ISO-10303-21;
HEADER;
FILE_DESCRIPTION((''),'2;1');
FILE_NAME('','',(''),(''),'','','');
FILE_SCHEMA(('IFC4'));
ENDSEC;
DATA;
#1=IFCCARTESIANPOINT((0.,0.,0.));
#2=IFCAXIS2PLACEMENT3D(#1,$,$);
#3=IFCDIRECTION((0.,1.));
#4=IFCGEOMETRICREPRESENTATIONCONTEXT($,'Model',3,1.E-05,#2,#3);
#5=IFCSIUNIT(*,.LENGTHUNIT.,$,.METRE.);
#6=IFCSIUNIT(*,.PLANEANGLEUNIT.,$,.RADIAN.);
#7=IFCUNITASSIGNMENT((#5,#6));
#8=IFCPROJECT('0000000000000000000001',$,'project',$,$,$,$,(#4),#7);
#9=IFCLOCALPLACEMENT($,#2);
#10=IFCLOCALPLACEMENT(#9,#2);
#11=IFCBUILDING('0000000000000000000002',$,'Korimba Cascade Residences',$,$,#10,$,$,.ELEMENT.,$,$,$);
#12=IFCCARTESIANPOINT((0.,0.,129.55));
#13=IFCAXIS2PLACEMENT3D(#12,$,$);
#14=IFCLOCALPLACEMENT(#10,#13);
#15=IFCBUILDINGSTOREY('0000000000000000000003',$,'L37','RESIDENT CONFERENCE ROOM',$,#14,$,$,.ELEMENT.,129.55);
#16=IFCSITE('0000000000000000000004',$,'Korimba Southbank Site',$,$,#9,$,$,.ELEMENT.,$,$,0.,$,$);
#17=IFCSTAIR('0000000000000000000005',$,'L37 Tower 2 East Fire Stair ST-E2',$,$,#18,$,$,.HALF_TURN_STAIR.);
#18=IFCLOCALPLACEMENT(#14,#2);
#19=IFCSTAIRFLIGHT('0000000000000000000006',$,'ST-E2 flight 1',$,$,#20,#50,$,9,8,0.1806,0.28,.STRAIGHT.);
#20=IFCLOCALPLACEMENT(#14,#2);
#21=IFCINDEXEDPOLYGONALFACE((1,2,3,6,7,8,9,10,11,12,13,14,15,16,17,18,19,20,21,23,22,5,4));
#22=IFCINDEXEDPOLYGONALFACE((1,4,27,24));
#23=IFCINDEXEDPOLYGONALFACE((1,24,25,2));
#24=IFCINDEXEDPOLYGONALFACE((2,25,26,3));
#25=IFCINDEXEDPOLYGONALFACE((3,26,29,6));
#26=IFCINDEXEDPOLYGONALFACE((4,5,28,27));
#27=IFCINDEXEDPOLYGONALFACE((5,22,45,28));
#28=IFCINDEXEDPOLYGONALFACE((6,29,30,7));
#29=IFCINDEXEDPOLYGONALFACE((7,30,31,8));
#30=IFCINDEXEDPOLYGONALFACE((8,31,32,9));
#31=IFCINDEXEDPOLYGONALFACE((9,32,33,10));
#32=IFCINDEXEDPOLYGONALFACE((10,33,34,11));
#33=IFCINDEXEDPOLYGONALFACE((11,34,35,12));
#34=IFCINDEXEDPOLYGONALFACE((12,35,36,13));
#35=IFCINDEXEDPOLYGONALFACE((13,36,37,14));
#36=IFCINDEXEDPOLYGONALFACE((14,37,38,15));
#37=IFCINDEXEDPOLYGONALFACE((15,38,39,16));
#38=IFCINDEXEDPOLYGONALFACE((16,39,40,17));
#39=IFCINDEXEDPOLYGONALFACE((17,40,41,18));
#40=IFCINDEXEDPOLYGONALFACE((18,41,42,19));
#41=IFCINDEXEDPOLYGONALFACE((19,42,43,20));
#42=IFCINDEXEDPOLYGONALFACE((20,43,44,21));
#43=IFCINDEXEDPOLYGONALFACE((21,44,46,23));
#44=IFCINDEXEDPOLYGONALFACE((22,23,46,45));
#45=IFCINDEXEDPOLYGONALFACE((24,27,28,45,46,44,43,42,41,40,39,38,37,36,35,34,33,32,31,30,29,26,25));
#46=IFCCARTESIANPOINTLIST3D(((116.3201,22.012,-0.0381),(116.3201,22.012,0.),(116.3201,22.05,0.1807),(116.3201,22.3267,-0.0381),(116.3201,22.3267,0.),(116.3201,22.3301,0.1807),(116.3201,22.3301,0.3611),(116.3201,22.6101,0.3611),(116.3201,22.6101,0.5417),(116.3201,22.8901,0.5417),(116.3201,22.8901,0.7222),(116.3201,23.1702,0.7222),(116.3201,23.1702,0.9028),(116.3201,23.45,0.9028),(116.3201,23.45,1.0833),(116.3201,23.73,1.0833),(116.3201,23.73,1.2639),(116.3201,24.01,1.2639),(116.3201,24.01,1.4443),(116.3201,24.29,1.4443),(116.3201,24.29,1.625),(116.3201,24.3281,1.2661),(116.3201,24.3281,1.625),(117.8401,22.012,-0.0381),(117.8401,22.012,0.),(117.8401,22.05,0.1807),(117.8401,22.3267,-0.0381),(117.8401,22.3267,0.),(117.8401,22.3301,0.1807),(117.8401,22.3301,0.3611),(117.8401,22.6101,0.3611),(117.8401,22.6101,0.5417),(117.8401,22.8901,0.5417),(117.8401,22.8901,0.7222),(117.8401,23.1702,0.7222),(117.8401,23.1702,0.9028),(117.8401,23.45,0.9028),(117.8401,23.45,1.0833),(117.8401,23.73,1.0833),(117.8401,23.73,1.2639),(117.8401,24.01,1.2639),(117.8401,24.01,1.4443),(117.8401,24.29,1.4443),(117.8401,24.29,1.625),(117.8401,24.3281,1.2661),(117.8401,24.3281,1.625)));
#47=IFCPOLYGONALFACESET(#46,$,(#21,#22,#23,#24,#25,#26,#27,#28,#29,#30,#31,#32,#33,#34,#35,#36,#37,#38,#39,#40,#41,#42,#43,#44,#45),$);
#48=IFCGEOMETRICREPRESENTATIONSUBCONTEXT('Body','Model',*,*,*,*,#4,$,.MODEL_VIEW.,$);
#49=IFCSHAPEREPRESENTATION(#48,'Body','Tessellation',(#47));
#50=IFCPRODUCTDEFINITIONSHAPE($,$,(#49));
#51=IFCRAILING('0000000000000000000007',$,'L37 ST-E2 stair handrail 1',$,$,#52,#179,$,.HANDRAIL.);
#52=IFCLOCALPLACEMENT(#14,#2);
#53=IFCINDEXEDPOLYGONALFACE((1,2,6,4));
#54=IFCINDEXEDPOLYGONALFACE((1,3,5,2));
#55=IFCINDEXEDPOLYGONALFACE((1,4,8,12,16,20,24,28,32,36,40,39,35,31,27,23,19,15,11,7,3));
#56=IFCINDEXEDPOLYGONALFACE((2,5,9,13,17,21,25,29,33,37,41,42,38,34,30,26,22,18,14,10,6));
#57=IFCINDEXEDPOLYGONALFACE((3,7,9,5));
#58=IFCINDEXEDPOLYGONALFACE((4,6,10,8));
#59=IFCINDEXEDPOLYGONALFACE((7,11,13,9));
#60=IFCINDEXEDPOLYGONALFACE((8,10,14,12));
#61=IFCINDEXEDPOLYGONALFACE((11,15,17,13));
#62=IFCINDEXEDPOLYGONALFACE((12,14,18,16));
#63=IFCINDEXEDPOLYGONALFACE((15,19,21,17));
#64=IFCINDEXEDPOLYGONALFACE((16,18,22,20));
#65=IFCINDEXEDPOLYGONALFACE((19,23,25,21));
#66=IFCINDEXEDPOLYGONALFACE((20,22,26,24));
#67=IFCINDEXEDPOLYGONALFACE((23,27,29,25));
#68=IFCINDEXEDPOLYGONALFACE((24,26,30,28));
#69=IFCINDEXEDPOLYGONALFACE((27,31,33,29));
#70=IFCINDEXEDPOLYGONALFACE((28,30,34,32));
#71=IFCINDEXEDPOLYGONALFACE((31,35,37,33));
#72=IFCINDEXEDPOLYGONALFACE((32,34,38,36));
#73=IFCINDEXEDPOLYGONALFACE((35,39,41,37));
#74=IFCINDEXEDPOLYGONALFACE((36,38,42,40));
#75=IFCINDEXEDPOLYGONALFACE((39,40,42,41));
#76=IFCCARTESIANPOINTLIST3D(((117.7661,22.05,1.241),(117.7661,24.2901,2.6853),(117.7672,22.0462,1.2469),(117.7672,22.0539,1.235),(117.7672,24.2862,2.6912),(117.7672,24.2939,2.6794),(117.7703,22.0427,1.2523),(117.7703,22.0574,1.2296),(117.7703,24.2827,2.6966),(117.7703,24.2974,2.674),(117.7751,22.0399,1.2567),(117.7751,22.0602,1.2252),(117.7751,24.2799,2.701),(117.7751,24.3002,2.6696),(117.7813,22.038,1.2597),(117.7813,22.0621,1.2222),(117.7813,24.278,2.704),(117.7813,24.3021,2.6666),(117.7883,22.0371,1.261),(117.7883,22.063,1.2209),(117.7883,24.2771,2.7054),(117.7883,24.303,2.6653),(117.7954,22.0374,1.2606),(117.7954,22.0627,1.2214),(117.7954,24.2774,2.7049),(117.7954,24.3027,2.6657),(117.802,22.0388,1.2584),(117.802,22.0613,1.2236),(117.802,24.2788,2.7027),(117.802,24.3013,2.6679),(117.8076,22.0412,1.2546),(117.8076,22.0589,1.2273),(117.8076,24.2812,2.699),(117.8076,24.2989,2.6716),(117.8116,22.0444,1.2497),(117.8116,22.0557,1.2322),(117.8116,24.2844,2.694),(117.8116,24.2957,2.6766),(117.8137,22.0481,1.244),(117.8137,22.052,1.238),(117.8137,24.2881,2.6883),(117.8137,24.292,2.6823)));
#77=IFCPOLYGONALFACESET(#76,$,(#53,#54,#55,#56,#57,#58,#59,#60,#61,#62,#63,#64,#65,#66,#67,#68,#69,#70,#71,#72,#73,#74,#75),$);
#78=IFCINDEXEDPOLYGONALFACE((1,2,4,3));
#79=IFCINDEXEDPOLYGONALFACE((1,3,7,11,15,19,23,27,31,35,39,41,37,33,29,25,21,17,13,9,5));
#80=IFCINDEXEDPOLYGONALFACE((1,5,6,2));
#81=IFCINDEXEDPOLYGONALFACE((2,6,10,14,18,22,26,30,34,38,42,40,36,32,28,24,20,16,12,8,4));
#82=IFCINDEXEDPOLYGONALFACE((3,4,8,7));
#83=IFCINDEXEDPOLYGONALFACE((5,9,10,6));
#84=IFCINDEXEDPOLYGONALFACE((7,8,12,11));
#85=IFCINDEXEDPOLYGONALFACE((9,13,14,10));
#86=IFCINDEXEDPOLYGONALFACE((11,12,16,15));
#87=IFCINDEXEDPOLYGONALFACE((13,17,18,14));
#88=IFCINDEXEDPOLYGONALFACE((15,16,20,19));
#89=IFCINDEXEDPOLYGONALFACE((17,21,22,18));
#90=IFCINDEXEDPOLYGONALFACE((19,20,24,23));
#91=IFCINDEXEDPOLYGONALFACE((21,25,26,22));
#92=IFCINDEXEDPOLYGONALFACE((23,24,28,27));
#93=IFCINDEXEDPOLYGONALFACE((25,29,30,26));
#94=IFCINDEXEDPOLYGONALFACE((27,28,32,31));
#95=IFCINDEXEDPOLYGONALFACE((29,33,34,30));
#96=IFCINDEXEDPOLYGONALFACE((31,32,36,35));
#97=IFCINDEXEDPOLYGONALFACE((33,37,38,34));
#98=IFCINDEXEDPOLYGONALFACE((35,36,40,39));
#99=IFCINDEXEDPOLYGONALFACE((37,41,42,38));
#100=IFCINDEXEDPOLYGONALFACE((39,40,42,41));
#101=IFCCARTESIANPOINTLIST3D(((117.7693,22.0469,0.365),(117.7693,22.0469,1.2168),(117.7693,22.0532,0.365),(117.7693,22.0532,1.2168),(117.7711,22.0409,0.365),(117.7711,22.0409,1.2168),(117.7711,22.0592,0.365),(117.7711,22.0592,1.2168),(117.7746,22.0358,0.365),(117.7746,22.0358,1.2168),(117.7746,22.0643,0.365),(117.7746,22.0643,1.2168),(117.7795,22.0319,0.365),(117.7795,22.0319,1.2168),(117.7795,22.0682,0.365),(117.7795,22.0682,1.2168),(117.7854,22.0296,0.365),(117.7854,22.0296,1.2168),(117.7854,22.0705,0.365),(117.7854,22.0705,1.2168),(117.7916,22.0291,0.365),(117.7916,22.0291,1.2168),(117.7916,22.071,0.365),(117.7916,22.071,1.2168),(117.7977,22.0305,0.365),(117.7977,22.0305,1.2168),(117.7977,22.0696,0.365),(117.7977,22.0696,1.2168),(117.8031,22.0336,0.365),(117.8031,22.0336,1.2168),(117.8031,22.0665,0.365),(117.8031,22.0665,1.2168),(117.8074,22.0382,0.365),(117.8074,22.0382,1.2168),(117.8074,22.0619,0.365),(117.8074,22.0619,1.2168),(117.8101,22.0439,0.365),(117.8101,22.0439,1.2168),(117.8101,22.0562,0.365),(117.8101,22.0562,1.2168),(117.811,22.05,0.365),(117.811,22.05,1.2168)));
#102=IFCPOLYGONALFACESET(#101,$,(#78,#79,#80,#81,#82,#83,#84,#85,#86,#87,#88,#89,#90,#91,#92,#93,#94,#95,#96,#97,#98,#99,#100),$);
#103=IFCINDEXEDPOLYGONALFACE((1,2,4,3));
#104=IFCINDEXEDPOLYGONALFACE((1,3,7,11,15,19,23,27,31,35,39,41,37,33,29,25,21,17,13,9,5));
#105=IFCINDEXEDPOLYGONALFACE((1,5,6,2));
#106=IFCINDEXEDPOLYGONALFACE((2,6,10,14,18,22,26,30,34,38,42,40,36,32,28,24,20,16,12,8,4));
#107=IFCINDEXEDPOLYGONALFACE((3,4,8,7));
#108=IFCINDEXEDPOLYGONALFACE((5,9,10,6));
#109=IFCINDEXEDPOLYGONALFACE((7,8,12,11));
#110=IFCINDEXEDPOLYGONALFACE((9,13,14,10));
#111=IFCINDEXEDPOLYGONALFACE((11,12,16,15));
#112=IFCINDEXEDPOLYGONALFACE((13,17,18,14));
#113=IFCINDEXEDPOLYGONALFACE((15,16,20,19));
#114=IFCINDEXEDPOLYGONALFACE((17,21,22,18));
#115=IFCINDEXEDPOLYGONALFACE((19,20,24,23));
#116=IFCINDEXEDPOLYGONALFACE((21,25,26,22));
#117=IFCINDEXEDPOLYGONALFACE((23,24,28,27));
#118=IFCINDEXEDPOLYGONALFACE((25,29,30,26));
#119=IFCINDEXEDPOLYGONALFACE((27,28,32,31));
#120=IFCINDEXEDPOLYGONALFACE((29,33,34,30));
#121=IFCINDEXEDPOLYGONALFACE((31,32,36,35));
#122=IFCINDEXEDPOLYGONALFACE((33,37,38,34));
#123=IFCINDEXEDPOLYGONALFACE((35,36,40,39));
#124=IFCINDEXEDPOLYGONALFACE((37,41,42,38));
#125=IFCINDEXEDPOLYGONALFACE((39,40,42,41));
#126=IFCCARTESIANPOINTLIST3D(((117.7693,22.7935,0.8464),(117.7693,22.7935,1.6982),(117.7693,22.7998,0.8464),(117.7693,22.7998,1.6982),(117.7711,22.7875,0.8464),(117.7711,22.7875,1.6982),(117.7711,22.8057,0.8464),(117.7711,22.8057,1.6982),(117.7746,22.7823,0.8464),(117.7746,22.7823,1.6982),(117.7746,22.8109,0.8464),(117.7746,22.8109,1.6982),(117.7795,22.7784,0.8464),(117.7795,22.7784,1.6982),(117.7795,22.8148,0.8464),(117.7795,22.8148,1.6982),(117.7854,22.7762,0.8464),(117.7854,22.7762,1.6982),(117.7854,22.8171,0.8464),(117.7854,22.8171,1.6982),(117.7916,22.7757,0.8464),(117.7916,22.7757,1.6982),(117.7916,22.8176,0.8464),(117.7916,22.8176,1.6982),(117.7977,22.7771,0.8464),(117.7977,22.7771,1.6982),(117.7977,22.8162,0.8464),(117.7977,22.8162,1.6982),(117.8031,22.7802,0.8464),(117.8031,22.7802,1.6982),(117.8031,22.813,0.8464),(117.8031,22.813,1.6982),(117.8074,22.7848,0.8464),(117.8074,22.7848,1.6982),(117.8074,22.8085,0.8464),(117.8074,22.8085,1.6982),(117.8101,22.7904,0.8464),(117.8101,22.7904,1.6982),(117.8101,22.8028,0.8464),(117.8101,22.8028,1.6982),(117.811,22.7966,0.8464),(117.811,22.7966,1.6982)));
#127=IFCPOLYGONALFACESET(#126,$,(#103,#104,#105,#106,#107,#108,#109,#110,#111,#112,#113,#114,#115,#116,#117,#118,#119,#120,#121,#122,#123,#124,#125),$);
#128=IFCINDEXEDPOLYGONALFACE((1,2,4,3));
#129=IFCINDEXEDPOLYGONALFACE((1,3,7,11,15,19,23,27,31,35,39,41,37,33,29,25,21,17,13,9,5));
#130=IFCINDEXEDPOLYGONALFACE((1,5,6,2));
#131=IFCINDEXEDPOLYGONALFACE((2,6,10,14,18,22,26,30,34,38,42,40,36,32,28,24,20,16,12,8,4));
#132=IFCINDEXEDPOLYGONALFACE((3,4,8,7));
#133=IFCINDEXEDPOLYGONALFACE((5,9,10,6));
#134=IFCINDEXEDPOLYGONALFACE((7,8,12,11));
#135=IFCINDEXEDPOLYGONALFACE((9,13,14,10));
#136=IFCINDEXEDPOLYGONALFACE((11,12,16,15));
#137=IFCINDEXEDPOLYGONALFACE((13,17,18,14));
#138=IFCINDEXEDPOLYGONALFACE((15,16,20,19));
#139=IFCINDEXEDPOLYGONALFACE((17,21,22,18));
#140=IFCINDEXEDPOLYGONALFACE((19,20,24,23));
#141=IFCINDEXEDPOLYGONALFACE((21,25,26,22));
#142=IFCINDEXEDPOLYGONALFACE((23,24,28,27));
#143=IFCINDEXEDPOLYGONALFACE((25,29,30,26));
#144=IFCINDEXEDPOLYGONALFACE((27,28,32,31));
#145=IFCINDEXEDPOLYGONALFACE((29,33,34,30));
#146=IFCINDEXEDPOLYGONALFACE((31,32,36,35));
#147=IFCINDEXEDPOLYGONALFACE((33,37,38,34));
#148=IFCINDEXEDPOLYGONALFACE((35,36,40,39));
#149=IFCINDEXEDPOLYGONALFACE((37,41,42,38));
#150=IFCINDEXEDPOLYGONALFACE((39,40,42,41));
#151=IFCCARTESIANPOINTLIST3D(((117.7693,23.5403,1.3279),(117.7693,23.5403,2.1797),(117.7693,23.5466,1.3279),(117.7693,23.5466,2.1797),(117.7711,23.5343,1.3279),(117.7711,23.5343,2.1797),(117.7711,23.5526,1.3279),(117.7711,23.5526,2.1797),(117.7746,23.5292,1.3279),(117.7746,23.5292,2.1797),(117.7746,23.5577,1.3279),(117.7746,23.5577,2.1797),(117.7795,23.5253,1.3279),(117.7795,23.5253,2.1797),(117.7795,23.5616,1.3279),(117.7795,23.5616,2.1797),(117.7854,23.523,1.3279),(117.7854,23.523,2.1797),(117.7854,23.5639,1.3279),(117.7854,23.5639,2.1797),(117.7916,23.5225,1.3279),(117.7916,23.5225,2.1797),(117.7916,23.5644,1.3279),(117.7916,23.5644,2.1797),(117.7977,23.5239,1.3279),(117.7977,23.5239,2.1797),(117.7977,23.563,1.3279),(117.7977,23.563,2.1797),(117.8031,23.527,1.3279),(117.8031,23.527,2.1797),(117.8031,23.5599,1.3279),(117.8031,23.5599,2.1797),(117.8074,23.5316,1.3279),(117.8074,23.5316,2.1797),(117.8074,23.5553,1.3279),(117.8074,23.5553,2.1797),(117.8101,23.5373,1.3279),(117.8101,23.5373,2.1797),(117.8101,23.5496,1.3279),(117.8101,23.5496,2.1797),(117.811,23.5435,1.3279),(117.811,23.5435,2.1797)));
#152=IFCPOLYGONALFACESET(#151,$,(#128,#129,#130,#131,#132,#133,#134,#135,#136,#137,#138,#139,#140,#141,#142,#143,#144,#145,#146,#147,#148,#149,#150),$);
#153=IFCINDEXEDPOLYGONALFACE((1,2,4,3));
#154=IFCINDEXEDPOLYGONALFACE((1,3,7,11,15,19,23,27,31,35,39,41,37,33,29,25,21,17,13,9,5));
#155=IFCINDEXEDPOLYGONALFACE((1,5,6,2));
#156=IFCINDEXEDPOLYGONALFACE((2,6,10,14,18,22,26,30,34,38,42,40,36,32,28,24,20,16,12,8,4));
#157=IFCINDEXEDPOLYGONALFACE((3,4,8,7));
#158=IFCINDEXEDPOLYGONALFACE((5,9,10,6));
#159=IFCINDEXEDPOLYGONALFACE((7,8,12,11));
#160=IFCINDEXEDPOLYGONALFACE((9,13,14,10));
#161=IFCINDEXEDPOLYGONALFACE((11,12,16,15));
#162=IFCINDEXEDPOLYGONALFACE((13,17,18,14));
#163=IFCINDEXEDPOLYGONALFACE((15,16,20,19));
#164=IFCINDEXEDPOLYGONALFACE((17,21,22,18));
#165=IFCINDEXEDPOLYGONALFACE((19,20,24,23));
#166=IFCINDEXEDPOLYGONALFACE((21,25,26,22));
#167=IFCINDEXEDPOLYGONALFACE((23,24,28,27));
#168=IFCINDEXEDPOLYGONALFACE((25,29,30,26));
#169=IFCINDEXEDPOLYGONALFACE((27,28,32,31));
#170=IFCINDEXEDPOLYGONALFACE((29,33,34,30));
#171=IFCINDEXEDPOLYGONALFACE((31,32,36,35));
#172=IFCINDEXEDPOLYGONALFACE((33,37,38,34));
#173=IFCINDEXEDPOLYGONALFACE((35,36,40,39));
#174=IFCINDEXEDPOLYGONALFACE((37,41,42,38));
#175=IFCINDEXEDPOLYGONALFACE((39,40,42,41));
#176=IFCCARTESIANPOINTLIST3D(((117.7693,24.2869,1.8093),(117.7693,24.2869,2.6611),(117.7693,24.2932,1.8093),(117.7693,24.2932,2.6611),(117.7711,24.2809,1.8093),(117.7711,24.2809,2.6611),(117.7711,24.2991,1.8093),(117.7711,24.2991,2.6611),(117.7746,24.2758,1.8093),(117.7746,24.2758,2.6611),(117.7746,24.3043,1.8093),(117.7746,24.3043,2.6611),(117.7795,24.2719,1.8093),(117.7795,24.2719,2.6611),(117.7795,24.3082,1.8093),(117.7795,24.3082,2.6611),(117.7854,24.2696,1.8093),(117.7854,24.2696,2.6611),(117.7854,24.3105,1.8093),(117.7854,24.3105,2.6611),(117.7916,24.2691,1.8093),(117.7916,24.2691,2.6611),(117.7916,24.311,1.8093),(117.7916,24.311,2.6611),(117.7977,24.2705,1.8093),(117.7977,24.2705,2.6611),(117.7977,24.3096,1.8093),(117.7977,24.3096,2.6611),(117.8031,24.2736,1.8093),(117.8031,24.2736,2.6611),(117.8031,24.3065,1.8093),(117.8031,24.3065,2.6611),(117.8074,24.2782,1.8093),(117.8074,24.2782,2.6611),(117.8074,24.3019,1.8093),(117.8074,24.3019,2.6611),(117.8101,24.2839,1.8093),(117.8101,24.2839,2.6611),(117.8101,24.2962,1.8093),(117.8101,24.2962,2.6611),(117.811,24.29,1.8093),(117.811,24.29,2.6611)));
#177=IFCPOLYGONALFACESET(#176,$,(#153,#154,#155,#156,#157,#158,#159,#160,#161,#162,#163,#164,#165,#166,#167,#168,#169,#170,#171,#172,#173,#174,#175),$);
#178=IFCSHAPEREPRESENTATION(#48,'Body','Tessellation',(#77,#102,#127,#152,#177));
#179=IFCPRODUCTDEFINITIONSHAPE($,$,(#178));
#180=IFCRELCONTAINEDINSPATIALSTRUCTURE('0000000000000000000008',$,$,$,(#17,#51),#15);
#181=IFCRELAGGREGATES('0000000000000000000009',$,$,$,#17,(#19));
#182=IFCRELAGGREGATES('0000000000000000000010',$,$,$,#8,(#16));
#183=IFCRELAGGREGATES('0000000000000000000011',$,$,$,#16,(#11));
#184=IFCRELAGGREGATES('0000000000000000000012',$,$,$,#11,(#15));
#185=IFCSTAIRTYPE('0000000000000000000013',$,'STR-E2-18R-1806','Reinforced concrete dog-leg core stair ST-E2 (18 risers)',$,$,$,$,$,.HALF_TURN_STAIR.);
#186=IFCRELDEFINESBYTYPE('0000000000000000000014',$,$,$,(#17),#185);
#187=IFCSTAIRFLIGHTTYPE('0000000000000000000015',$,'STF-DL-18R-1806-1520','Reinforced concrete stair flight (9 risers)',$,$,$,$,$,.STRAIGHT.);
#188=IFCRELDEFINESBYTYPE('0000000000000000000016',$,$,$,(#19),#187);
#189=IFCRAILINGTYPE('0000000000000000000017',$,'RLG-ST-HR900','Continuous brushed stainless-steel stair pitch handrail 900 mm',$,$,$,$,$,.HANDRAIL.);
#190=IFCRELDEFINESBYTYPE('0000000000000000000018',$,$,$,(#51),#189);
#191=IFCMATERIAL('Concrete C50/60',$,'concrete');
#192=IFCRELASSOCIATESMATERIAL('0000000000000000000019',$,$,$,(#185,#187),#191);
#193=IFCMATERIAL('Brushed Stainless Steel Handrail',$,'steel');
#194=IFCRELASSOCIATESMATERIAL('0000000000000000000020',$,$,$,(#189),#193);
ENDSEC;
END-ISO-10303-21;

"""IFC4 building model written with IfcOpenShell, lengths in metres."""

from ifc_helpers import new_model, si_unit, direction, frame, origin, origin_2d, place, context, subcontext, project, spatial, polyline, circle, outline, extrude, material, type_object, element, aggregate, save


model = new_model("IFC4")

# Units and contexts
model_context = context("Model", 3, precision=1e-05, world=origin(), true_north=direction((0.0, 1.0)))
body_context = subcontext(model_context, "Body", "Model", "MODEL_VIEW")
ifc_project = project(units=[si_unit("LENGTHUNIT", "METRE"), si_unit("PLANEANGLEUNIT", "RADIAN")], contexts=[model_context])

# Site, building, storey
site_placement = place(None, origin())
site = spatial("IfcSite", under=ifc_project, at=site_placement, Name="Korimba Southbank Site", CompositionType="ELEMENT", RefElevation=0.0)
building_placement = place(site_placement, origin())
building = spatial("IfcBuilding", under=site, at=building_placement, Name="Korimba Cascade Residences", CompositionType="ELEMENT")
storey_placement = place(building_placement, frame((0.0, 0.0, 129.55)))
storey = spatial("IfcBuildingStorey", under=building, at=storey_placement, Name="L37", Description="RESIDENT CONFERENCE ROOM", CompositionType="ELEMENT", Elevation=129.55)

# Stair, stair flight
ifc_material_1 = material(Name="Concrete C50/60", Category="concrete")
stair_type = type_object("IfcStairType", Name="STR-E2-18R-1806", Description="Reinforced concrete dog-leg core stair ST-E2 (18 risers)", PredefinedType="HALF_TURN_STAIR", material=ifc_material_1)
stair_placement = place(storey_placement, origin())
stair = element("IfcStair", 1, at=stair_placement, inside=storey, type_object=stair_type, Name="L37 Tower 2 East Fire Stair ST-E2", PredefinedType="HALF_TURN_STAIR")
stair_flight_type = type_object("IfcStairFlightType", Name="STF-DL-18R-1806-1520", Description="Reinforced concrete stair flight (9 risers)", PredefinedType="STRAIGHT", material=ifc_material_1)
stair_flight_placement = place(storey_placement, frame((117.0801, 22.05, 0.0), z_axis=(0.0, 0.0, 1.0), x_axis=(0.0, 1.0, 0.0)))
stair_flight = element("IfcStairFlight", 2, at=stair_flight_placement, type_object=stair_flight_type, Name="ST-E2 flight 1", NumberOfRisers=9, NumberOfTreads=8, PredefinedType="STRAIGHT", RiserHeight=0.1806, TreadLength=0.28, context=body_context, shape_type="SweptSolid", body=[
    extrude(outline(polyline([(-0.0381, 0.0), (0.0, 0.1807), (0.28, 0.1807), (0.28, 0.3611), (0.5601, 0.3611), (0.5601, 0.5417), (0.8401, 0.5417), (0.8401, 0.7222), (1.1201, 0.7222), (1.1201, 0.9028), (1.3999, 0.9028), (1.3999, 1.0833), (1.6799, 1.0833), (1.6799, 1.2639), (1.96, 1.2639), (1.96, 1.4443), (2.24, 1.4443), (2.24, 1.625), (2.2781, 1.625), (2.2781, 1.2661), (0.2766, 0.0), (0.2766, -0.0381), (-0.0381, -0.0381), (-0.0381, 0.0)])), frame((0.0, 0.76, 0.0), z_axis=(0.0, -1.0, 0.0), x_axis=(1.0, 0.0, 0.0)), (0.0, 0.0, 1.0), 1.52),
])
aggregate(stair, [stair_flight])

# Railing
ifc_material_2 = material(Name="Brushed Stainless Steel Handrail", Category="steel")
railing_type = type_object("IfcRailingType", Name="RLG-ST-HR900", Description="Continuous brushed stainless-steel stair pitch handrail 900 mm", PredefinedType="HANDRAIL", material=ifc_material_2)
railing_placement = place(storey_placement, frame((117.79, 22.05, 0.365)))
element("IfcRailing", 3, at=railing_placement, inside=storey, type_object=railing_type, Name="L37 ST-E2 stair handrail 1", PredefinedType="HANDRAIL", context=body_context, shape_type="SweptSolid", body=[
    extrude(circle(Radius=0.0239, at=origin_2d()), frame((0.0, 0.0, 0.876), z_axis=(0.0, 0.840437, 0.54191), x_axis=(-1.0, 0.0, 0.0)), (0.0, 0.0, 1.0), 2.6653),
    extrude(circle(Radius=0.021, at=origin_2d()), origin(), (0.0, 0.0, 1.0), 0.8518),
    extrude(circle(Radius=0.021, at=origin_2d()), frame((0.0, 0.7466, 0.4814)), (0.0, 0.0, 1.0), 0.8518),
    extrude(circle(Radius=0.021, at=origin_2d()), frame((0.0, 1.4934, 0.9629)), (0.0, 0.0, 1.0), 0.8518),
    extrude(circle(Radius=0.021, at=origin_2d()), frame((0.0, 2.24, 1.4443)), (0.0, 0.0, 1.0), 0.8518),
])

save(model, "model.ifc")
